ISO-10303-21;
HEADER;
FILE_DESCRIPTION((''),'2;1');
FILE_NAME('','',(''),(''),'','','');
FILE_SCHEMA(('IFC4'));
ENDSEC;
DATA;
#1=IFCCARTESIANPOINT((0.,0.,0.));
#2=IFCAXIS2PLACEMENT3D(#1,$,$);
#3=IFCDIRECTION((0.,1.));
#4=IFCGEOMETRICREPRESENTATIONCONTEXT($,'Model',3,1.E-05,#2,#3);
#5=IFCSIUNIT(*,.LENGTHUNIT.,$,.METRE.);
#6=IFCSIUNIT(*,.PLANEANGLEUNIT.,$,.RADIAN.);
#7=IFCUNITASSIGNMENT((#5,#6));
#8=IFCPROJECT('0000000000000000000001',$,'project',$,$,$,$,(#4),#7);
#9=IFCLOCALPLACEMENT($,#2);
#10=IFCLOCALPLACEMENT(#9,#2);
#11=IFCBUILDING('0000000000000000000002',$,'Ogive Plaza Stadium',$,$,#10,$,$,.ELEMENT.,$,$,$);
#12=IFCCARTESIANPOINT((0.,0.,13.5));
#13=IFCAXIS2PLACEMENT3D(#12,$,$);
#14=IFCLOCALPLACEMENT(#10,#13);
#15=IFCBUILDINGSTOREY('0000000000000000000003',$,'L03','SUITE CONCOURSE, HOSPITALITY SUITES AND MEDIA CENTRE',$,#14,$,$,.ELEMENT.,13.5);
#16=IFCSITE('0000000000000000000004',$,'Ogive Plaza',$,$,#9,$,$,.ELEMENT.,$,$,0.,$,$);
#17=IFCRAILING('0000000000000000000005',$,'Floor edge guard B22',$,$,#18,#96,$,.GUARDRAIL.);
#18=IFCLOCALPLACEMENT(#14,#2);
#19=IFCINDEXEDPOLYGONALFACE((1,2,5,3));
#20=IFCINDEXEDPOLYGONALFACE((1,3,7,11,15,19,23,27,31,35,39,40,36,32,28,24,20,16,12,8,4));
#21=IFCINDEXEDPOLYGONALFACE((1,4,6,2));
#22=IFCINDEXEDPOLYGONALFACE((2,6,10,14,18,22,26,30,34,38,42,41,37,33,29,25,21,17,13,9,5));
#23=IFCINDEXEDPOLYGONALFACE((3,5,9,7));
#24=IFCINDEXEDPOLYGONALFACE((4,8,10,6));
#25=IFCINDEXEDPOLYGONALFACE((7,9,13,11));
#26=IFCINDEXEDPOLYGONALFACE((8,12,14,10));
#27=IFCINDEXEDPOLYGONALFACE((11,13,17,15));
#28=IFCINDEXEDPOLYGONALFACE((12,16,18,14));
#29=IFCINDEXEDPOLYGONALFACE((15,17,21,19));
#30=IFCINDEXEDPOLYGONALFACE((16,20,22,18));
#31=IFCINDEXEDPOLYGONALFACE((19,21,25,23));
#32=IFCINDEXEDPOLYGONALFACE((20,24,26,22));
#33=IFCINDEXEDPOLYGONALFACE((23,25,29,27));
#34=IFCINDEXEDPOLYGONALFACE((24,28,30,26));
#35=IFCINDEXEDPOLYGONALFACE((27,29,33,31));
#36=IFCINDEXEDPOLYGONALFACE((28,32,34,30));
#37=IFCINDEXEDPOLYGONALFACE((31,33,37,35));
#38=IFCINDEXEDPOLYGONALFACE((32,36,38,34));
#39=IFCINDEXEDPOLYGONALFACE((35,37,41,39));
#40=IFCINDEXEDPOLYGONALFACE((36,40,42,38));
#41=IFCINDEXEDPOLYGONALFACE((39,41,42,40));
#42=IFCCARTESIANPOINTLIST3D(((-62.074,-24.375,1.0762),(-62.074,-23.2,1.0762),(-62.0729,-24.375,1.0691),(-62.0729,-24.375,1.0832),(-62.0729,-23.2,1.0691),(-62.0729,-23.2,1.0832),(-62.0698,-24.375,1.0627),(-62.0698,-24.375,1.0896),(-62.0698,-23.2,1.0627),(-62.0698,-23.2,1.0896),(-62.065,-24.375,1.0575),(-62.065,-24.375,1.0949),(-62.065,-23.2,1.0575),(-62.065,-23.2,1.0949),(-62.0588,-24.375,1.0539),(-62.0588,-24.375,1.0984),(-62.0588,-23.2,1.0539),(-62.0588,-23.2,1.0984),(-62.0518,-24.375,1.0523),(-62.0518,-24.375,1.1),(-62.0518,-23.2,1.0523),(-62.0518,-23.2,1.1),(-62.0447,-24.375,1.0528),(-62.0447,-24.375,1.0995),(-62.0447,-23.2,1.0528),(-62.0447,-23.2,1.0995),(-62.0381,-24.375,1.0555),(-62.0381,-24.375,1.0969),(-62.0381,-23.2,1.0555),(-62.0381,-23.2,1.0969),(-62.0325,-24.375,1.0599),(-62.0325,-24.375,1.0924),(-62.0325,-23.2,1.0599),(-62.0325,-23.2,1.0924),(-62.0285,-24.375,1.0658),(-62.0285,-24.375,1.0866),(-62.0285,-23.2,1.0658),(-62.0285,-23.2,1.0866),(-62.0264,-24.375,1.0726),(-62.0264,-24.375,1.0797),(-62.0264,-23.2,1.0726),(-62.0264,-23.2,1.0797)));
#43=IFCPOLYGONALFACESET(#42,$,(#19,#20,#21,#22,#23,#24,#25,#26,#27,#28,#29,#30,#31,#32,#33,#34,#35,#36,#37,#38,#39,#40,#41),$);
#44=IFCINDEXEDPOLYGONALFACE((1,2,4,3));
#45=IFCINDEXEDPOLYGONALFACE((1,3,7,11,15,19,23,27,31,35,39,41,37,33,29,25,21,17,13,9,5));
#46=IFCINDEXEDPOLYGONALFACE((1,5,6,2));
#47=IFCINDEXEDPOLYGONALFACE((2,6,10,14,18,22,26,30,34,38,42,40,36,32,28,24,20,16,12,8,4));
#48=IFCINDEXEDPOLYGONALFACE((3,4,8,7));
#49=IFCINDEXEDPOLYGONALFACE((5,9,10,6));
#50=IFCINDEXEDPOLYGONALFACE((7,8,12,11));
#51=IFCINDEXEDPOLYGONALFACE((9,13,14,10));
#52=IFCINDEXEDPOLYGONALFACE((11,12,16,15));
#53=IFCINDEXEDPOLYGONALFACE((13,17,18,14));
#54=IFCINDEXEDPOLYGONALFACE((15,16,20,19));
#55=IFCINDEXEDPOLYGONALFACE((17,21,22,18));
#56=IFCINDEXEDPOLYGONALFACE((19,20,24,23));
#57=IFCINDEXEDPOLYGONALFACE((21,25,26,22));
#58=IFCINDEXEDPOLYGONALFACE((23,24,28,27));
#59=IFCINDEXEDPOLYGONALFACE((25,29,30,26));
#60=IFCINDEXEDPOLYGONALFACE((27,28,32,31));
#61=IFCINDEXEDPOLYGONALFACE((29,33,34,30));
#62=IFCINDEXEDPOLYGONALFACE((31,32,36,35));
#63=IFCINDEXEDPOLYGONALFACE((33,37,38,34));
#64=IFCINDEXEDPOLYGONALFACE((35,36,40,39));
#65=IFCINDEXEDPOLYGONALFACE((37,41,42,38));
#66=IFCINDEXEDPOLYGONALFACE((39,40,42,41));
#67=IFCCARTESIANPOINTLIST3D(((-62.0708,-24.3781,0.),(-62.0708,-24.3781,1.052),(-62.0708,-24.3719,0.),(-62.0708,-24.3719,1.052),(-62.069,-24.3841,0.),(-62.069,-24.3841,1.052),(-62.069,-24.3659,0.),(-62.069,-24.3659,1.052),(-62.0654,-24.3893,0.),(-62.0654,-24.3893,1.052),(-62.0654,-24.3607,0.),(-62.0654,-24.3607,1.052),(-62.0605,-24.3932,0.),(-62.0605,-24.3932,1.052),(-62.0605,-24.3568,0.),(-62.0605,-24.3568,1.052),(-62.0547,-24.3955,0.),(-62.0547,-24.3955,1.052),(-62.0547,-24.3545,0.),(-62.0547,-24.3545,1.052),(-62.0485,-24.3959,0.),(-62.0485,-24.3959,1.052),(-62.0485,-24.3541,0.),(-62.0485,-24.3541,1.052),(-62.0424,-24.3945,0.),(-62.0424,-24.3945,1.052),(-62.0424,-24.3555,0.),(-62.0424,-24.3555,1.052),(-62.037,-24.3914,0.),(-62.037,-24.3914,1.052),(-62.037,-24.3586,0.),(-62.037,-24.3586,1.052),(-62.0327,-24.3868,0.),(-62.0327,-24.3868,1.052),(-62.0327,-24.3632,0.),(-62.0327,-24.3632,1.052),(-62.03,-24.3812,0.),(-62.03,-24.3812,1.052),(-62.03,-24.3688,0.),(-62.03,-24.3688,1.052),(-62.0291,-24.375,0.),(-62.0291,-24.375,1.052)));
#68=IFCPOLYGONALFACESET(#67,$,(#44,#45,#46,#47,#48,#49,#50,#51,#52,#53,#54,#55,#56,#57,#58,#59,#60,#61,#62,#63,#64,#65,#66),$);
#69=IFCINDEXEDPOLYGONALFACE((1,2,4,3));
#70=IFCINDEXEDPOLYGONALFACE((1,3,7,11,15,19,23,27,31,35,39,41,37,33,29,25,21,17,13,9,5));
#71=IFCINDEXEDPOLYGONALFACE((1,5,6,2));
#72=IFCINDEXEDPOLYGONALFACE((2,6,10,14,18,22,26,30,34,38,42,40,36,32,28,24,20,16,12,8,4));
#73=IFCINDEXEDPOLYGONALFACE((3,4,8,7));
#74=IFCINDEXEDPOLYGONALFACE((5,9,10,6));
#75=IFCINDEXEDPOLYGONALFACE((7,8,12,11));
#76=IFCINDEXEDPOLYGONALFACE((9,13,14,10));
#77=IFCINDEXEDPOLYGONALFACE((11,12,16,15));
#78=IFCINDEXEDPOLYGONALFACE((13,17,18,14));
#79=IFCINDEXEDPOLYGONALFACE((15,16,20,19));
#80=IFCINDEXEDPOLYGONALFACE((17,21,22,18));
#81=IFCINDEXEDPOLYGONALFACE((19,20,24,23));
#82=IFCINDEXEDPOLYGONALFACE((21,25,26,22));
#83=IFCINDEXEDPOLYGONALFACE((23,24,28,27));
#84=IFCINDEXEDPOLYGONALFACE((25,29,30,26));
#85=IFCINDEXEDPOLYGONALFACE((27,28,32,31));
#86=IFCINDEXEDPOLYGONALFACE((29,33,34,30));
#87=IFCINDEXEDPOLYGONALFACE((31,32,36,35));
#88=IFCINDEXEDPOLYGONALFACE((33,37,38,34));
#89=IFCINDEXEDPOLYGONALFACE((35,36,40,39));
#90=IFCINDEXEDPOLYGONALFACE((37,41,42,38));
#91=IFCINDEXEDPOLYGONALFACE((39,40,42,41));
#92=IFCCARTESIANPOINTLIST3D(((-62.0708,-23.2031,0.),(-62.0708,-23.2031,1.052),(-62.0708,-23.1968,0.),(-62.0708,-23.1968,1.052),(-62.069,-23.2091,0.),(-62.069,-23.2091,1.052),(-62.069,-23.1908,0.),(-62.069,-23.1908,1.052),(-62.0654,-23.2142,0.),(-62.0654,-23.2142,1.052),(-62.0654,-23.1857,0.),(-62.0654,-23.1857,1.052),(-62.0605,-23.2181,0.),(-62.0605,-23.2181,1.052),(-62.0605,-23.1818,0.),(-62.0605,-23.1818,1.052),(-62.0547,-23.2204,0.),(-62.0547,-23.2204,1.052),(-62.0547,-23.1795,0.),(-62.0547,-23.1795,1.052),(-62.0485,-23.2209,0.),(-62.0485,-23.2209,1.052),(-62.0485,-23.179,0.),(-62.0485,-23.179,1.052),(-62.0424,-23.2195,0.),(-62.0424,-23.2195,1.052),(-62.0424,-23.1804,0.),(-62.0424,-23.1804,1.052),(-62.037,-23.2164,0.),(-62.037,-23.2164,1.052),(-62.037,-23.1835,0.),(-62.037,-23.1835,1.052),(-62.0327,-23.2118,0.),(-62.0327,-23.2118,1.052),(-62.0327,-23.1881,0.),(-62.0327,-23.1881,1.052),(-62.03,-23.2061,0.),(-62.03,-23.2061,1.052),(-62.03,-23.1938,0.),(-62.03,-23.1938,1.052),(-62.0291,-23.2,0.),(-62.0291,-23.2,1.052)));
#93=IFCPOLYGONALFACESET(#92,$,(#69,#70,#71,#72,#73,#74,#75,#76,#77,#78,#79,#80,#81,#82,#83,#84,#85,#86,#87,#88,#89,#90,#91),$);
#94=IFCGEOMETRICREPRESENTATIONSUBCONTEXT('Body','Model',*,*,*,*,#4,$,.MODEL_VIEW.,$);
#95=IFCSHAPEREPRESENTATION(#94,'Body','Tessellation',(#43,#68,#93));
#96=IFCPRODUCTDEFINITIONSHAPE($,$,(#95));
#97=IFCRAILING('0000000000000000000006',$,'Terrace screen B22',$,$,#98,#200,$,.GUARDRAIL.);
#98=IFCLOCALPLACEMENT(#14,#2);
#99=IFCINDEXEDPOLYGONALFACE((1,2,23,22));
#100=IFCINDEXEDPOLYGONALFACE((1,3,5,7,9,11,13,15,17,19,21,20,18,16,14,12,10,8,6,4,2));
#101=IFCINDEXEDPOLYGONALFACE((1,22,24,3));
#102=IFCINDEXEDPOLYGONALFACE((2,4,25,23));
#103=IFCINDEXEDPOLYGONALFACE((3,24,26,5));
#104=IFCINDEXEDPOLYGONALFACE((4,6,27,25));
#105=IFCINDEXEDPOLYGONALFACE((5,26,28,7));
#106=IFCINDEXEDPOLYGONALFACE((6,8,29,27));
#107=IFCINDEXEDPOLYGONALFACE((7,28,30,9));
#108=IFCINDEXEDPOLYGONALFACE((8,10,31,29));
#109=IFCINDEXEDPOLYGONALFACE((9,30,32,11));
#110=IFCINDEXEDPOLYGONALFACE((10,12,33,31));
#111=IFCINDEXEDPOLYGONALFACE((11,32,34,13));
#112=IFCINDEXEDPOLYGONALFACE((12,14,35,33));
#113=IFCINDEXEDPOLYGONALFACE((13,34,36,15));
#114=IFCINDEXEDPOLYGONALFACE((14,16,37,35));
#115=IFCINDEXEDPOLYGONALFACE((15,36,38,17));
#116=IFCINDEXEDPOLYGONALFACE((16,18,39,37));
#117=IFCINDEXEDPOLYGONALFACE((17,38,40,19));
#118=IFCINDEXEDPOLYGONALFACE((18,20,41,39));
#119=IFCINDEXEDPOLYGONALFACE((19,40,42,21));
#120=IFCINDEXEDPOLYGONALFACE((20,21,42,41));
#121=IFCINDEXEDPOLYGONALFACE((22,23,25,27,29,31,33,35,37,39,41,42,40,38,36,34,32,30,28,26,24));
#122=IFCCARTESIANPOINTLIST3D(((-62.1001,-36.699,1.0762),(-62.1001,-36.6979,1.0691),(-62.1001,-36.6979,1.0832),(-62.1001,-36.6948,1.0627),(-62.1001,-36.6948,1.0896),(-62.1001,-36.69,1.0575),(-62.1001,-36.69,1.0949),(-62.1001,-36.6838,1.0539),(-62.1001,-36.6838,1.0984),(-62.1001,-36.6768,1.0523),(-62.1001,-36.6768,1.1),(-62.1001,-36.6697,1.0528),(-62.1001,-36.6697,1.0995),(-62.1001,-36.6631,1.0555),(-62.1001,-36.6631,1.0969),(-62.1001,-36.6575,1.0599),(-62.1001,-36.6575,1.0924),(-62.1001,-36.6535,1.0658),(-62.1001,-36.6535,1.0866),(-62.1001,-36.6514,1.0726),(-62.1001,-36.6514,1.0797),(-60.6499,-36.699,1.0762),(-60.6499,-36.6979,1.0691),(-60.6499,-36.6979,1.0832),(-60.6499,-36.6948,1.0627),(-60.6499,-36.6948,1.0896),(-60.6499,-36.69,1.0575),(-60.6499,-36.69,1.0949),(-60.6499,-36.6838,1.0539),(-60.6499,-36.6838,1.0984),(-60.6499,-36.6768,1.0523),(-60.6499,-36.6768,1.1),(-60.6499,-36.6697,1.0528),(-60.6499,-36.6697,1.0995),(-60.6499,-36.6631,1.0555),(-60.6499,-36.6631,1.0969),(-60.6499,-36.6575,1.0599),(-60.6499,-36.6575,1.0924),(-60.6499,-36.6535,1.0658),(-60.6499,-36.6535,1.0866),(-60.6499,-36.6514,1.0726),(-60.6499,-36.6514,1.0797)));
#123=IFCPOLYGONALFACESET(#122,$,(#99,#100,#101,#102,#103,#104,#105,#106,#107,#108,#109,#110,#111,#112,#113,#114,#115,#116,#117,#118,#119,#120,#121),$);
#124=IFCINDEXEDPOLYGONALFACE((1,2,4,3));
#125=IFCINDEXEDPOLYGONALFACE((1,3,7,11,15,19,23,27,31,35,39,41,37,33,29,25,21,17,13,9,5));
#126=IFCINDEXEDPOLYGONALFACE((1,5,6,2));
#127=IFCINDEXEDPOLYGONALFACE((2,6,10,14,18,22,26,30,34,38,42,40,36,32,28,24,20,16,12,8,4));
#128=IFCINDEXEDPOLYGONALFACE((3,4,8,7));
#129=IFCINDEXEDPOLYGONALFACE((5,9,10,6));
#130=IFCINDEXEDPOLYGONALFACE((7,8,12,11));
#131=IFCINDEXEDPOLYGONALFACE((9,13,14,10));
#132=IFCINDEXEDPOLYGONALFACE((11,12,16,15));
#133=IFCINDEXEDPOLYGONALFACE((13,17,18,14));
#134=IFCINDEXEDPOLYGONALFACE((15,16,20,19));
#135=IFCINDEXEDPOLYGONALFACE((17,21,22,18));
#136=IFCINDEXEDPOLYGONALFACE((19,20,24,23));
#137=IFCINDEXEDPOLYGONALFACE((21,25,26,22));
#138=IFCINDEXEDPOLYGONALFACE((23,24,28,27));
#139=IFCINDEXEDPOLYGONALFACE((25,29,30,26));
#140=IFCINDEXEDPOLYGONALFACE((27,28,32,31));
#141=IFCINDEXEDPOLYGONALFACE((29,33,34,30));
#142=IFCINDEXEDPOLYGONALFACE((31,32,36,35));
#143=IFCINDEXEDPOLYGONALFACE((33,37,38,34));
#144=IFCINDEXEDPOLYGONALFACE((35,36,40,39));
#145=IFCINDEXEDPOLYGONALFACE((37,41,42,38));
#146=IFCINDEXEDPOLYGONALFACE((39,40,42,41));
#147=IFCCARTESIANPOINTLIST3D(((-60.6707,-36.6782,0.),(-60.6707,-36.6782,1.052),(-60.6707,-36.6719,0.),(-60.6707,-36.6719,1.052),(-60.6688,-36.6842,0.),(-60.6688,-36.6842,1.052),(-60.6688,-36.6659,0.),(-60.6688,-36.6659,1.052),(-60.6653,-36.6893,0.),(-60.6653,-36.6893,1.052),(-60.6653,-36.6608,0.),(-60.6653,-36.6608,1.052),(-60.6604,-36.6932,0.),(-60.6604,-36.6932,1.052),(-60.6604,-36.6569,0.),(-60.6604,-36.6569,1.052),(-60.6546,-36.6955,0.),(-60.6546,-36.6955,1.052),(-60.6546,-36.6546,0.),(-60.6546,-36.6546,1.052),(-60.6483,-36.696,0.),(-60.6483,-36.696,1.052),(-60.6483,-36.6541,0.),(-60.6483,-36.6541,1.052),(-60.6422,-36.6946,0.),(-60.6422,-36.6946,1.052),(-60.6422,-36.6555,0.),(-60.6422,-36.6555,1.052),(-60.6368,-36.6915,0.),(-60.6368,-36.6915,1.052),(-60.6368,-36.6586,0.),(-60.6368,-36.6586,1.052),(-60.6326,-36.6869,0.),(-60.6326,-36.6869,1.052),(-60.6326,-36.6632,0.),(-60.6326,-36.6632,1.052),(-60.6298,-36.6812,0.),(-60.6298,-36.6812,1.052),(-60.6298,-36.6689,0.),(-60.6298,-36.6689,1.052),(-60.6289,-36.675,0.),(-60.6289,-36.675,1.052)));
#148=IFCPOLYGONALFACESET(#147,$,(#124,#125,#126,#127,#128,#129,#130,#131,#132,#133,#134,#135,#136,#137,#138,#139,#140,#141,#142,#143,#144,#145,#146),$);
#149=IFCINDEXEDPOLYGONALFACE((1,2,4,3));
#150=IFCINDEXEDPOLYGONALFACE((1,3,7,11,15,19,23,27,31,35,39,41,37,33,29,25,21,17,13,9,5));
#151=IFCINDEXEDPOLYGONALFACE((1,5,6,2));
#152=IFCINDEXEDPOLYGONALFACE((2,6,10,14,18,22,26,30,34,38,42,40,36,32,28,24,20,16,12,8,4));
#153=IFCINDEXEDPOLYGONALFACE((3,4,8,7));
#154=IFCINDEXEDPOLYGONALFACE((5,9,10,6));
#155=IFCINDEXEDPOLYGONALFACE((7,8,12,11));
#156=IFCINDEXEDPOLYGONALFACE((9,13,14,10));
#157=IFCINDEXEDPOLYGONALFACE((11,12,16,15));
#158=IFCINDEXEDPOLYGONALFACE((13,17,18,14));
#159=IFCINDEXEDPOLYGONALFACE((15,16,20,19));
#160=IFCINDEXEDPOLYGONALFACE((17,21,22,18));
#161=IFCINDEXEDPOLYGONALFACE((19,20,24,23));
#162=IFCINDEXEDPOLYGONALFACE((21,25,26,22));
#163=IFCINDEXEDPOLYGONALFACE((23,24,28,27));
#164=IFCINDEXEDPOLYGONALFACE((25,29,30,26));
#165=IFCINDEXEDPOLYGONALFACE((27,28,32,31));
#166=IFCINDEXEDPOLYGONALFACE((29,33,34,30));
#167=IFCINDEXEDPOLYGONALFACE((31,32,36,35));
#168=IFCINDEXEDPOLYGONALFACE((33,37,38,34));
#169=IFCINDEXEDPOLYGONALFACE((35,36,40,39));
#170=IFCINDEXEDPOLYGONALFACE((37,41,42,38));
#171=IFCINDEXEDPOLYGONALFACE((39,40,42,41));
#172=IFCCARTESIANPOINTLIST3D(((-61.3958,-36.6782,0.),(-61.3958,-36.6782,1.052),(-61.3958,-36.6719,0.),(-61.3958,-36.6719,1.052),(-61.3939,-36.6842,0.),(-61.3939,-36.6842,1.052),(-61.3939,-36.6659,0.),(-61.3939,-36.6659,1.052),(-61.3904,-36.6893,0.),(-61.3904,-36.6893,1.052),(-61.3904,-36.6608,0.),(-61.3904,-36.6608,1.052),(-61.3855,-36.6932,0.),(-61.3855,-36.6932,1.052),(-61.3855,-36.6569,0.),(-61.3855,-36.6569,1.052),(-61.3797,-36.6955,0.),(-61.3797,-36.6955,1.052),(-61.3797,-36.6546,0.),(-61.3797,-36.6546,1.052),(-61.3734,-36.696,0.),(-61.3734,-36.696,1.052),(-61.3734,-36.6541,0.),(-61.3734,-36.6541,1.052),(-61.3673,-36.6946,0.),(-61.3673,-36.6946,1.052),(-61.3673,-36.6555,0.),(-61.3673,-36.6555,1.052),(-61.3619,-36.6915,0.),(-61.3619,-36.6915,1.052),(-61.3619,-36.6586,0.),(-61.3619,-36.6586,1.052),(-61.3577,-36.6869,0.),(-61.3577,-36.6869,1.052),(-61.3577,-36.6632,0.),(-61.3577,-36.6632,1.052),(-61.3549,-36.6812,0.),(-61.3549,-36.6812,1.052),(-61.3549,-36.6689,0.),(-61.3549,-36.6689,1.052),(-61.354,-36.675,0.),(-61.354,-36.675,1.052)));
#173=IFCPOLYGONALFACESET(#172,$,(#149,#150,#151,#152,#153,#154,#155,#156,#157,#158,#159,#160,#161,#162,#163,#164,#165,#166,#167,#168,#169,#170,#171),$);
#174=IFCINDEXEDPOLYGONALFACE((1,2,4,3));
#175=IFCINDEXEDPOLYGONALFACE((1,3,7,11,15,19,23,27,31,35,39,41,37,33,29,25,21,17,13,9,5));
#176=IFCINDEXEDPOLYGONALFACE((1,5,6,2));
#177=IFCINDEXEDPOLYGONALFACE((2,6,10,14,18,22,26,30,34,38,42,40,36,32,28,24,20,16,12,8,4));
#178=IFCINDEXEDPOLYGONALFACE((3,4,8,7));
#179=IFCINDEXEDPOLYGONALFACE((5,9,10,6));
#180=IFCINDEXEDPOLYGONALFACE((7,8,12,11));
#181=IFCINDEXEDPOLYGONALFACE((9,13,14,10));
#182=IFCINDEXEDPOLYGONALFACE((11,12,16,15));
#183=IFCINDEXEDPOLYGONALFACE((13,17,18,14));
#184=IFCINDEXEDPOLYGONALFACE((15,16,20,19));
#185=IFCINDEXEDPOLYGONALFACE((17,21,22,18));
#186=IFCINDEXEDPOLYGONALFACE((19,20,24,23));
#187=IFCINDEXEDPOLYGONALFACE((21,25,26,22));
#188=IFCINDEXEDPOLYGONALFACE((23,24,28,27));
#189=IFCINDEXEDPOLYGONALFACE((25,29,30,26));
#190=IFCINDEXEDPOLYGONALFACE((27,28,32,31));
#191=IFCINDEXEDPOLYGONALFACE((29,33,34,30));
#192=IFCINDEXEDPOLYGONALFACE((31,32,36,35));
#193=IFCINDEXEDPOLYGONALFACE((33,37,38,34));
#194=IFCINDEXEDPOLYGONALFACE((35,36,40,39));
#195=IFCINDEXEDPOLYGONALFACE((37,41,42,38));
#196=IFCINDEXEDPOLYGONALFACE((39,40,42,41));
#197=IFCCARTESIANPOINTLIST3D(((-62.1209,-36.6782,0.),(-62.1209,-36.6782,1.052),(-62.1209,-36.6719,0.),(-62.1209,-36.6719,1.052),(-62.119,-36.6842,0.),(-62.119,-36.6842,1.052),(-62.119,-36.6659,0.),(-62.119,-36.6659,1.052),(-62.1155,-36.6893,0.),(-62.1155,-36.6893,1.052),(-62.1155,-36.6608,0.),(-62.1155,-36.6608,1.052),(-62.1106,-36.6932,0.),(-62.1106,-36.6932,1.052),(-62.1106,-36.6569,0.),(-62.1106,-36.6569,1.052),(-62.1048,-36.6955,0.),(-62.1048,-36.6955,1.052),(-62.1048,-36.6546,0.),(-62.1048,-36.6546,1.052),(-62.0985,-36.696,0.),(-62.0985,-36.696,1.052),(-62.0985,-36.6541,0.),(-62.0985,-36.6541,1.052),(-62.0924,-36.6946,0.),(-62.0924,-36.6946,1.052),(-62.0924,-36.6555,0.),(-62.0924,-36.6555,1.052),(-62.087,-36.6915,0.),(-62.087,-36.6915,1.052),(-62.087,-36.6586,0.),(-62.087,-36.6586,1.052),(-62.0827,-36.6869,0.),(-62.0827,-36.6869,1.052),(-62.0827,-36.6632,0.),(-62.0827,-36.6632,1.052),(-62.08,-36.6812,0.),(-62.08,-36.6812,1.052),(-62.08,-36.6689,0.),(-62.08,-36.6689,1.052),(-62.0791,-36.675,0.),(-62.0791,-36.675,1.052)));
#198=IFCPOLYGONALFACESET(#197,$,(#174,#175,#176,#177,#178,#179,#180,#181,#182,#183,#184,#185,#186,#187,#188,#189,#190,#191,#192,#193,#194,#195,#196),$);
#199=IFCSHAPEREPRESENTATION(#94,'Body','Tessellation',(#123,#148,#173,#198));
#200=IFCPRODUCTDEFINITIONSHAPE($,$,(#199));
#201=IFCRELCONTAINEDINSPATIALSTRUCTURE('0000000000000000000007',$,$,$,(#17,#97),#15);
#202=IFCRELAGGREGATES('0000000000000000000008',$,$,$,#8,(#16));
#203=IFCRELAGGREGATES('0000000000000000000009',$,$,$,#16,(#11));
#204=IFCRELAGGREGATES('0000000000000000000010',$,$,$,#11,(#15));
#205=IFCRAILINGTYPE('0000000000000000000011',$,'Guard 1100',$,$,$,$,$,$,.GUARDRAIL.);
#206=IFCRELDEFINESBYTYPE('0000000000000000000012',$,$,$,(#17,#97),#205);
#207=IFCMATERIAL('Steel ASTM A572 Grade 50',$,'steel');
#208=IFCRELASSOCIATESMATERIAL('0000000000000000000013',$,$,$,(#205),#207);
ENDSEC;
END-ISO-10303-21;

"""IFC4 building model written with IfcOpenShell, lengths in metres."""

from ifc_helpers import new_model, si_unit, direction, frame, origin, origin_2d, place, context, subcontext, project, spatial, circle, extrude, material, type_object, element, save


model = new_model("IFC4")

# Units and contexts
model_context = context("Model", 3, precision=1e-05, world=origin(), true_north=direction((0.0, 1.0)))
body_context = subcontext(model_context, "Body", "Model", "MODEL_VIEW")
ifc_project = project(units=[si_unit("LENGTHUNIT", "METRE"), si_unit("PLANEANGLEUNIT", "RADIAN")], contexts=[model_context])

# Site, building, storey
site_placement = place(None, origin())
site = spatial("IfcSite", under=ifc_project, at=site_placement, Name="Ogive Plaza", CompositionType="ELEMENT", RefElevation=0.0)
building_placement = place(site_placement, origin())
building = spatial("IfcBuilding", under=site, at=building_placement, Name="Ogive Plaza Stadium", CompositionType="ELEMENT")
storey_placement = place(building_placement, frame((0.0, 0.0, 13.5)))
storey = spatial("IfcBuildingStorey", under=building, at=storey_placement, Name="L03", Description="SUITE CONCOURSE, HOSPITALITY SUITES AND MEDIA CENTRE", CompositionType="ELEMENT", Elevation=13.5)

# Railings
ifc_material_1 = material(Name="Steel ASTM A572 Grade 50", Category="steel")
railing_type = type_object("IfcRailingType", Name="Guard 1100", PredefinedType="GUARDRAIL", material=ifc_material_1)
railing_placement = place(storey_placement, frame((-62.05, -24.375, 0.0)))
element("IfcRailing", 1, at=railing_placement, inside=storey, type_object=railing_type, Name="Floor edge guard B22", PredefinedType="GUARDRAIL", context=body_context, shape_type="SweptSolid", body=[
    extrude(circle(Radius=0.0239, at=origin_2d()), frame((0.0, 0.0, 1.0762), z_axis=(0.0, 1.0, 0.0), x_axis=(-1.0, 0.0, 0.0)), (0.0, 0.0, 1.0), 1.175),
    extrude(circle(Radius=0.021, at=origin_2d()), origin(), (0.0, 0.0, 1.0), 1.052),
    extrude(circle(Radius=0.021, at=origin_2d()), frame((0.0, 1.175, 0.0)), (0.0, 0.0, 1.0), 1.052),
])
for number, where, name in (
    (2, (-60.6499, -36.675, 0.0), "Terrace screen B22"),
):
    element("IfcRailing", number, at=place(storey_placement, frame(where)), inside=storey, type_object=railing_type, Name=name, PredefinedType="GUARDRAIL", context=body_context, shape_type="SweptSolid", body=[
        extrude(circle(Radius=0.0239, at=origin_2d()), frame((0.0, 0.0, 1.0762), z_axis=(-1.0, 0.0, 0.0), x_axis=(0.0, -1.0, 0.0)), (0.0, 0.0, 1.0), 1.4502),
        extrude(circle(Radius=0.021, at=origin_2d()), origin(), (0.0, 0.0, 1.0), 1.052),
        extrude(circle(Radius=0.021, at=origin_2d()), frame((-0.7251, 0.0, 0.0)), (0.0, 0.0, 1.0), 1.052),
        extrude(circle(Radius=0.021, at=origin_2d()), frame((-1.4502, 0.0, 0.0)), (0.0, 0.0, 1.0), 1.052),
    ])

save(model, "model.ifc")
